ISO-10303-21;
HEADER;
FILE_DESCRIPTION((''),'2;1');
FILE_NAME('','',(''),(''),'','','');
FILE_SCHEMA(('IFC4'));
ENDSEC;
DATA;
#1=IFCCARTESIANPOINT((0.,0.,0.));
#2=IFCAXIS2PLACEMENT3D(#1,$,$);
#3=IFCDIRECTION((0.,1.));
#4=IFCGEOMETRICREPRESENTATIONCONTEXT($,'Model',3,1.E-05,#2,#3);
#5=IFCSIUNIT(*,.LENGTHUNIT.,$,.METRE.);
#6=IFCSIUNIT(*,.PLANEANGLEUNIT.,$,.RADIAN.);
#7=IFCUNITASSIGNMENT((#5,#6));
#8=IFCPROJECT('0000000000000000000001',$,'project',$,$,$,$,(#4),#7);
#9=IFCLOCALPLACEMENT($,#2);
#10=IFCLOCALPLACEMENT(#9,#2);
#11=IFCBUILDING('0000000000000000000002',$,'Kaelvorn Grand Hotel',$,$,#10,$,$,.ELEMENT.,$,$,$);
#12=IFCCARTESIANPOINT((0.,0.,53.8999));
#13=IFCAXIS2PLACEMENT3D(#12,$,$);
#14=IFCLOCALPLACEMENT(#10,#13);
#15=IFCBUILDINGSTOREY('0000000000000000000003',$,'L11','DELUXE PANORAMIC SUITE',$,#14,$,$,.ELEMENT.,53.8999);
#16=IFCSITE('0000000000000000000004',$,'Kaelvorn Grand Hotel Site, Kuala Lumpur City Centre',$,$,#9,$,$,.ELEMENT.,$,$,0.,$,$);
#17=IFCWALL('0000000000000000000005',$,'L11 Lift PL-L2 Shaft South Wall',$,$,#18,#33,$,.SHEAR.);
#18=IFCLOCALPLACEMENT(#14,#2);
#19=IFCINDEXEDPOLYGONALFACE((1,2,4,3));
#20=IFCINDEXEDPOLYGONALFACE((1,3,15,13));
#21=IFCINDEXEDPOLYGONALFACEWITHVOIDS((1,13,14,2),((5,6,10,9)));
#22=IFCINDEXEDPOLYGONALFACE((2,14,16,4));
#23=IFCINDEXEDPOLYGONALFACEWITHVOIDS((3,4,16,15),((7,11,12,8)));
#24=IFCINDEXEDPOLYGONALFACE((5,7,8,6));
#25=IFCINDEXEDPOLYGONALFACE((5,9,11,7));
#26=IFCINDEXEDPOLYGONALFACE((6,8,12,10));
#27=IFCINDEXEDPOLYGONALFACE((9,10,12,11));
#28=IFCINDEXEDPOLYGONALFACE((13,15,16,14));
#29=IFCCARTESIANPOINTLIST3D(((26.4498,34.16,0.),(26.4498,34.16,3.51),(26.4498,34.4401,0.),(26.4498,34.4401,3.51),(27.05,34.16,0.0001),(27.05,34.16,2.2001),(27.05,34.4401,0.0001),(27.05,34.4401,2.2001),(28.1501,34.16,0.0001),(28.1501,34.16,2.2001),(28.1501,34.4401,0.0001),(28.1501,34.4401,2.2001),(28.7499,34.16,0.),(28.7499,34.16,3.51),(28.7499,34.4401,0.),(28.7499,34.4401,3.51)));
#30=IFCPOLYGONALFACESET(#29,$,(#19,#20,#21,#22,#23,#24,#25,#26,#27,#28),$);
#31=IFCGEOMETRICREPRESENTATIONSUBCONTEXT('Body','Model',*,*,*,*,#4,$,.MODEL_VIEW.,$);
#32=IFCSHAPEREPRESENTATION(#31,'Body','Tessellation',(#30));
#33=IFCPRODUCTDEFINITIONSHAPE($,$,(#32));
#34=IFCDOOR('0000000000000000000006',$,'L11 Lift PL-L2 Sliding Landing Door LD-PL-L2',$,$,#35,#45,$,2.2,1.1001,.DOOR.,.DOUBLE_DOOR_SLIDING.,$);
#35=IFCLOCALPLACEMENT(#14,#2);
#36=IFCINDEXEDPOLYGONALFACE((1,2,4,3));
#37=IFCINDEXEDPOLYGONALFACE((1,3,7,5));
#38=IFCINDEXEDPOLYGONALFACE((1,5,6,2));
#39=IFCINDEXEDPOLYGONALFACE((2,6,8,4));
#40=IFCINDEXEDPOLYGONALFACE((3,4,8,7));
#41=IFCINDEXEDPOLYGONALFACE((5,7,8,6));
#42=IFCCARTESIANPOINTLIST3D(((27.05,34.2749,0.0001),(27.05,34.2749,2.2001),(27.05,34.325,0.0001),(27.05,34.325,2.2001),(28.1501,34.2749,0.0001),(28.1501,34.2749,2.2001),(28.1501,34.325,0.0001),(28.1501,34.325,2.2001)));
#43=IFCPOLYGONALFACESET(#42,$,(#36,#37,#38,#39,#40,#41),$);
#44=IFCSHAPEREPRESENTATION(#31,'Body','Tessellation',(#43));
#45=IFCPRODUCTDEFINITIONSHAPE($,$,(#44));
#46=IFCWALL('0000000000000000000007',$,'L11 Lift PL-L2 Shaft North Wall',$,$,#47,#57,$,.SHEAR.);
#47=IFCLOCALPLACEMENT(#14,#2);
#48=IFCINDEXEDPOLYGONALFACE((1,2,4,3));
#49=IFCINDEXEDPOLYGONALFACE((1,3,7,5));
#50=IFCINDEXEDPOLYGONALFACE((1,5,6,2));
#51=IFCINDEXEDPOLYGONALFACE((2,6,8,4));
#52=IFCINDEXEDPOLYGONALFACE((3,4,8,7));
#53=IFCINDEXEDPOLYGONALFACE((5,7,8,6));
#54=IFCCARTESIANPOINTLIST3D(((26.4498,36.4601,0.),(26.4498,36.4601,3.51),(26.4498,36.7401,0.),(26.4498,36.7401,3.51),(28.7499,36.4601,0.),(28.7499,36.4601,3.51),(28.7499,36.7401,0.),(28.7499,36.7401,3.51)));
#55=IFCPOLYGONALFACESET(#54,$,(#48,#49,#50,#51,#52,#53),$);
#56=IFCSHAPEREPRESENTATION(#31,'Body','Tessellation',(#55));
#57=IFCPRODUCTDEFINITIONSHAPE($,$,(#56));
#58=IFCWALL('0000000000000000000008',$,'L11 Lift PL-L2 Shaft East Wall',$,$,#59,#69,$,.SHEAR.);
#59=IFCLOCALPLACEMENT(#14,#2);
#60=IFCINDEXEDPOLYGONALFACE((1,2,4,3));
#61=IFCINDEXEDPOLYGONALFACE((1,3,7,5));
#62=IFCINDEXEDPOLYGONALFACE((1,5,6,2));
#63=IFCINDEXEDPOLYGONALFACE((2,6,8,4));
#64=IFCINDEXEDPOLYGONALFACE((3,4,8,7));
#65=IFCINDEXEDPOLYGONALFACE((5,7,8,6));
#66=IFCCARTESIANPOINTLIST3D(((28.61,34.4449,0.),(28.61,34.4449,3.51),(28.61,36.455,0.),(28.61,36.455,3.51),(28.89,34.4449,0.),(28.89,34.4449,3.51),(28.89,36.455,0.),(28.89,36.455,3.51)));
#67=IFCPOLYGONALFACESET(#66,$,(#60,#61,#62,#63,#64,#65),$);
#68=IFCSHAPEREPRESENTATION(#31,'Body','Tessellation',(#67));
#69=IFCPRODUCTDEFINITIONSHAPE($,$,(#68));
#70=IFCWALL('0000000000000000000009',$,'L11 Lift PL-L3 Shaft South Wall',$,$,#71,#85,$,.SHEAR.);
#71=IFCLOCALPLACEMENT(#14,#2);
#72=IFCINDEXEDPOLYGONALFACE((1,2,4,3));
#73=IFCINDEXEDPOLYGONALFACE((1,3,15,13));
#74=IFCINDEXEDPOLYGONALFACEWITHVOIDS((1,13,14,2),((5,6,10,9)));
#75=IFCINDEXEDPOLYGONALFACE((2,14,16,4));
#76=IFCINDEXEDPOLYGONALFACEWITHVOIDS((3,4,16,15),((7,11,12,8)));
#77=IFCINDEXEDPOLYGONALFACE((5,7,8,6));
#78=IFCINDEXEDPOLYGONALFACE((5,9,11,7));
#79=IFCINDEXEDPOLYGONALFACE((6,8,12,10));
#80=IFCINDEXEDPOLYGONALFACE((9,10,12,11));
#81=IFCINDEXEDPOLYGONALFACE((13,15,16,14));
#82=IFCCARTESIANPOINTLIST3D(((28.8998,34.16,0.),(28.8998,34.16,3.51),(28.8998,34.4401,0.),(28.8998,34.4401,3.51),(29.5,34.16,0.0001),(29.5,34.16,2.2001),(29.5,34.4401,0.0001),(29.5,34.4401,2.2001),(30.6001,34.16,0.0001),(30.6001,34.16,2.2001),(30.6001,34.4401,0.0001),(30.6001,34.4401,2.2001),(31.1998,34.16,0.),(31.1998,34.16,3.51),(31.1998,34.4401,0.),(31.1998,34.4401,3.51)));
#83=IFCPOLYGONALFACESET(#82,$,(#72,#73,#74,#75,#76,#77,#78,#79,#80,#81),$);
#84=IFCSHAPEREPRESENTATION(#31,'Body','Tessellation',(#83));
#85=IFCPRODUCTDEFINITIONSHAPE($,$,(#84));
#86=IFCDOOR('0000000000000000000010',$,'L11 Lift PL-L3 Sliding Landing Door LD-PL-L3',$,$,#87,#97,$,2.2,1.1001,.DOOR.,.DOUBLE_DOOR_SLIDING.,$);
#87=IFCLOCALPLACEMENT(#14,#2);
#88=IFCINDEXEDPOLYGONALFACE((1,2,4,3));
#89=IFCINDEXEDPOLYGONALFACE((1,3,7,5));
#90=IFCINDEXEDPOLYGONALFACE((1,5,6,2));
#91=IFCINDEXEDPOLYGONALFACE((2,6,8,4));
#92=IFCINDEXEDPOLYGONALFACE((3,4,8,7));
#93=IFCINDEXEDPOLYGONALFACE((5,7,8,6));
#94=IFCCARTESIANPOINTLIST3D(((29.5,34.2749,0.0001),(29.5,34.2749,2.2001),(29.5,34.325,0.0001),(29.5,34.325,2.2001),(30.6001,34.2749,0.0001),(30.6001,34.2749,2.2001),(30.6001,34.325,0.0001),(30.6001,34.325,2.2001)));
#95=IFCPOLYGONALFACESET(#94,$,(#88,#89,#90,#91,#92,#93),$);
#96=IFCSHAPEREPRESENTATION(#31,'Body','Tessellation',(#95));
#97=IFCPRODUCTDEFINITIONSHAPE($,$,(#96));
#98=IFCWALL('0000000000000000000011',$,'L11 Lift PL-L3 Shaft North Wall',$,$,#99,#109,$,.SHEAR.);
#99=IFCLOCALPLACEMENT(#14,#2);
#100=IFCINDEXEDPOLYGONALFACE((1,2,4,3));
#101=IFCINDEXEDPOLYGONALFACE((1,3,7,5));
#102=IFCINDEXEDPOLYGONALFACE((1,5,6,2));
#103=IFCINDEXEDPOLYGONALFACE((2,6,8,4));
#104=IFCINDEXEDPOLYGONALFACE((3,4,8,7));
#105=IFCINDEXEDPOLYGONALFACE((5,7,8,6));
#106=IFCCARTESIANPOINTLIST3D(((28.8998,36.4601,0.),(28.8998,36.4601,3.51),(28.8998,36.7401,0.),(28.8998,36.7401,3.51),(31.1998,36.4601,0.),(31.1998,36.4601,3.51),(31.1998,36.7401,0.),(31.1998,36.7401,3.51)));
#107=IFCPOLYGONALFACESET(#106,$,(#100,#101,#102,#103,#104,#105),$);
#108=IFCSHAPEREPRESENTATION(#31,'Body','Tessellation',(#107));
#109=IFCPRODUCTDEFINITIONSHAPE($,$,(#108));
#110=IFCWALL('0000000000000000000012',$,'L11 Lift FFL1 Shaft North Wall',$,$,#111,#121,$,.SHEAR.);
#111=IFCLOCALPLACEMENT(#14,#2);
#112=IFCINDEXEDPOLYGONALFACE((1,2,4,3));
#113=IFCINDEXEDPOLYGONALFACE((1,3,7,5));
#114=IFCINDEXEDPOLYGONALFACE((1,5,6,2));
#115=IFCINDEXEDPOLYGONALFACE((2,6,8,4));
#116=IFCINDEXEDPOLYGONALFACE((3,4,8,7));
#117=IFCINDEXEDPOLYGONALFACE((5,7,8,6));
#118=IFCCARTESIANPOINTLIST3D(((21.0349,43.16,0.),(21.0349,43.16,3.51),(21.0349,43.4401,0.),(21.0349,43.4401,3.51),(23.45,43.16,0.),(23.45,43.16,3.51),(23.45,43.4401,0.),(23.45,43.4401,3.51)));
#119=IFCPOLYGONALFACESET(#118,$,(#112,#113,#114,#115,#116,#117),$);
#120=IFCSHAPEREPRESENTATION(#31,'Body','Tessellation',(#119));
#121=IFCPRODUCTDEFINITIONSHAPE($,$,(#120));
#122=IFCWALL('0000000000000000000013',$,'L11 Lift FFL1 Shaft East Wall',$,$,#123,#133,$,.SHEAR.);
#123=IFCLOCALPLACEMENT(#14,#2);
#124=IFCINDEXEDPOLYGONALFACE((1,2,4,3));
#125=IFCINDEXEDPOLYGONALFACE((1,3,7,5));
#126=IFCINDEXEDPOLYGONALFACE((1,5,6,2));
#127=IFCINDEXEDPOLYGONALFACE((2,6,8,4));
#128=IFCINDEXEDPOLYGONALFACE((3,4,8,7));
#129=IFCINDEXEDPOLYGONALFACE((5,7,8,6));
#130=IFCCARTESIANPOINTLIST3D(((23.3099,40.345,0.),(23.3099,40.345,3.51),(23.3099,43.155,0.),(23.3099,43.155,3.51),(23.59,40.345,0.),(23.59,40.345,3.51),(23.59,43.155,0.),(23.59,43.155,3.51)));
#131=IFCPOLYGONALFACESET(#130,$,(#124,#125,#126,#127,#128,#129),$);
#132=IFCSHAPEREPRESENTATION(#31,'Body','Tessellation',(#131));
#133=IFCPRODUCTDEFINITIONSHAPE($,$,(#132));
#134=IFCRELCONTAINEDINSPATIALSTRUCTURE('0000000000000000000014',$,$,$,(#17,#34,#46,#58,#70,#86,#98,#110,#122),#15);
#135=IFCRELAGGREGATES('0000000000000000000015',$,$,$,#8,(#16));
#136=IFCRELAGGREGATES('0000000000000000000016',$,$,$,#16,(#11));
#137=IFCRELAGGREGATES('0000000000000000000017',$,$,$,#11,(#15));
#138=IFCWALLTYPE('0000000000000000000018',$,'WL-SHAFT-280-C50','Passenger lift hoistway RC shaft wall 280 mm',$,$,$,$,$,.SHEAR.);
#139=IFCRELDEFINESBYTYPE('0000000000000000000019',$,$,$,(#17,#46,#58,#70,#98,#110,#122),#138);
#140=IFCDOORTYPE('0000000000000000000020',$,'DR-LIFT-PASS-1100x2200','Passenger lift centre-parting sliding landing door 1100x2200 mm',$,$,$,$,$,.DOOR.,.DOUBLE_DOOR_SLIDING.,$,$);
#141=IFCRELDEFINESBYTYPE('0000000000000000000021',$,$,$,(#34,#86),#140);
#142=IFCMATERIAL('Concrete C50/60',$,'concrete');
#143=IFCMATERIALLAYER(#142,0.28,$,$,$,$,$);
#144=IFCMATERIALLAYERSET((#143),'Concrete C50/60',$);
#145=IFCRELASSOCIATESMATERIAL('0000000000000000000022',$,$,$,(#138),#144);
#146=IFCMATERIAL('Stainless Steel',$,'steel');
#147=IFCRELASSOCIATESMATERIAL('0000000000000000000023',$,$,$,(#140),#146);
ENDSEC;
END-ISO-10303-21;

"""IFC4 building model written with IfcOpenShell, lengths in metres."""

from ifc_helpers import new_model, si_unit, direction, frame, frame_2d, origin, place, context, subcontext, project, spatial, rectangle, extrude, material, layer, layer_set, type_object, element, fill, save


model = new_model("IFC4")

# Units and contexts
model_context = context("Model", 3, precision=1e-05, world=origin(), true_north=direction((0.0, 1.0)))
body_context = subcontext(model_context, "Body", "Model", "MODEL_VIEW")
ifc_project = project(units=[si_unit("LENGTHUNIT", "METRE"), si_unit("PLANEANGLEUNIT", "RADIAN")], contexts=[model_context])

# Site, building, storey
site_placement = place(None, origin())
site = spatial("IfcSite", under=ifc_project, at=site_placement, Name="Kaelvorn Grand Hotel Site, Kuala Lumpur City Centre", CompositionType="ELEMENT", RefElevation=0.0)
building_placement = place(site_placement, origin())
building = spatial("IfcBuilding", under=site, at=building_placement, Name="Kaelvorn Grand Hotel", CompositionType="ELEMENT")
storey_placement = place(building_placement, frame((0.0, 0.0, 53.8999)))
storey = spatial("IfcBuildingStorey", under=building, at=storey_placement, Name="L11", Description="DELUXE PANORAMIC SUITE", CompositionType="ELEMENT", Elevation=53.8999)

# Shared definitions
ifc_material_1 = material(Name="Concrete C50/60", Category="concrete")
ifc_layer_1 = layer(ifc_material_1, 0.28)
ifc_layer_set_1 = layer_set([ifc_layer_1], Name="Concrete C50/60")
wall_type_1 = type_object("IfcWallType", Name="WL-SHAFT-280-C50", Description="Passenger lift hoistway RC shaft wall 280 mm", PredefinedType="SHEAR", material=ifc_layer_set_1)
ifc_material_2 = material(Name="Stainless Steel", Category="steel")
door_type_1 = type_object("IfcDoorType", Name="DR-LIFT-PASS-1100x2200", Description="Passenger lift centre-parting sliding landing door 1100x2200 mm", OperationType="DOUBLE_DOOR_SLIDING", PredefinedType="DOOR", material=ifc_material_2)

# Wall, opening, door
wall_1_placement = place(storey_placement, frame((26.45, 34.3, 0.0), z_axis=(0.0, 0.0, 1.0), x_axis=(1.0, 0.0, 0.0)))
wall_1 = element("IfcWall", 1, at=wall_1_placement, inside=storey, type_object=wall_type_1, Name="L11 Lift PL-L2 Shaft South Wall", PredefinedType="SHEAR", context=body_context, shape_type="SweptSolid", body=[
    extrude(rectangle(XDim=2.3, YDim=0.28, at=frame_2d((1.1499, 0.0))), origin(), (0.0, 0.0, 1.0), 3.51),
])
opening_1_placement = place(wall_1_placement, frame((0.6001, 0.0, 0.0)))
opening_1 = element("IfcOpeningElement", 2, at=opening_1_placement, cuts=wall_1, PredefinedType="OPENING", context=body_context, shape_type="SweptSolid", body=[
    extrude(rectangle(XDim=1.1001, YDim=2.2, at=frame_2d((0.55, 1.1001))), frame((0.0, 0.1499, 0.0), z_axis=(0.0, -1.0, 0.0), x_axis=(1.0, 0.0, 0.0)), (0.0, 0.0, 1.0), 0.3),
])
door_1_placement = place(opening_1_placement, origin())
door_1 = element("IfcDoor", 3, at=door_1_placement, inside=storey, type_object=door_type_1, Name="L11 Lift PL-L2 Sliding Landing Door LD-PL-L2", OperationType="DOUBLE_DOOR_SLIDING", OverallHeight=2.2, OverallWidth=1.1001, PredefinedType="DOOR", context=body_context, shape_type="SweptSolid", body=[
    extrude(rectangle(XDim=1.1001, YDim=2.2, at=frame_2d((0.55, 1.1001))), frame((0.0, 0.0249, 0.0), z_axis=(0.0, -1.0, 0.0), x_axis=(1.0, 0.0, 0.0)), (0.0, 0.0, 1.0), 0.05),
])
fill(opening_1, door_1)

# Walls
wall_2_placement = place(storey_placement, frame((26.45, 36.6001, 0.0), z_axis=(0.0, 0.0, 1.0), x_axis=(1.0, 0.0, 0.0)))
element("IfcWall", 4, at=wall_2_placement, inside=storey, type_object=wall_type_1, Name="L11 Lift PL-L2 Shaft North Wall", PredefinedType="SHEAR", context=body_context, shape_type="SweptSolid", body=[
    extrude(rectangle(XDim=2.3, YDim=0.28, at=frame_2d((1.1499, 0.0))), origin(), (0.0, 0.0, 1.0), 3.51),
])
wall_3_placement = place(storey_placement, frame((28.75, 34.4451, 0.0), z_axis=(0.0, 0.0, 1.0), x_axis=(0.0, 1.0, 0.0)))
element("IfcWall", 5, at=wall_3_placement, inside=storey, type_object=wall_type_1, Name="L11 Lift PL-L2 Shaft East Wall", PredefinedType="SHEAR", context=body_context, shape_type="SweptSolid", body=[
    extrude(rectangle(XDim=2.01, YDim=0.28, at=frame_2d((1.0049, 0.0))), origin(), (0.0, 0.0, 1.0), 3.51),
])

# Wall, opening, door
wall_4_placement = place(storey_placement, frame((28.8999, 34.3, 0.0), z_axis=(0.0, 0.0, 1.0), x_axis=(1.0, 0.0, 0.0)))
wall_4 = element("IfcWall", 6, at=wall_4_placement, inside=storey, type_object=wall_type_1, Name="L11 Lift PL-L3 Shaft South Wall", PredefinedType="SHEAR", context=body_context, shape_type="SweptSolid", body=[
    extrude(rectangle(XDim=2.3, YDim=0.28, at=frame_2d((1.1499, 0.0))), origin(), (0.0, 0.0, 1.0), 3.51),
])
opening_2_placement = place(wall_4_placement, frame((0.6001, 0.0, 0.0)))
opening_2 = element("IfcOpeningElement", 7, at=opening_2_placement, cuts=wall_4, PredefinedType="OPENING", context=body_context, shape_type="SweptSolid", body=[
    extrude(rectangle(XDim=1.1001, YDim=2.2, at=frame_2d((0.55, 1.1001))), frame((0.0, 0.1499, 0.0), z_axis=(0.0, -1.0, 0.0), x_axis=(1.0, 0.0, 0.0)), (0.0, 0.0, 1.0), 0.3),
])
door_2_placement = place(opening_2_placement, origin())
door_2 = element("IfcDoor", 8, at=door_2_placement, inside=storey, type_object=door_type_1, Name="L11 Lift PL-L3 Sliding Landing Door LD-PL-L3", OperationType="DOUBLE_DOOR_SLIDING", OverallHeight=2.2, OverallWidth=1.1001, PredefinedType="DOOR", context=body_context, shape_type="SweptSolid", body=[
    extrude(rectangle(XDim=1.1001, YDim=2.2, at=frame_2d((0.55, 1.1001))), frame((0.0, 0.0249, 0.0), z_axis=(0.0, -1.0, 0.0), x_axis=(1.0, 0.0, 0.0)), (0.0, 0.0, 1.0), 0.05),
])
fill(opening_2, door_2)

# Walls
wall_5_placement = place(storey_placement, frame((28.8999, 36.6001, 0.0), z_axis=(0.0, 0.0, 1.0), x_axis=(1.0, 0.0, 0.0)))
element("IfcWall", 9, at=wall_5_placement, inside=storey, type_object=wall_type_1, Name="L11 Lift PL-L3 Shaft North Wall", PredefinedType="SHEAR", context=body_context, shape_type="SweptSolid", body=[
    extrude(rectangle(XDim=2.3, YDim=0.28, at=frame_2d((1.1499, 0.0))), origin(), (0.0, 0.0, 1.0), 3.51),
])
wall_6_placement = place(storey_placement, frame((21.0349, 43.3, 0.0), z_axis=(0.0, 0.0, 1.0), x_axis=(1.0, 0.0, 0.0)))
element("IfcWall", 10, at=wall_6_placement, inside=storey, type_object=wall_type_1, Name="L11 Lift FFL1 Shaft North Wall", PredefinedType="SHEAR", context=body_context, shape_type="SweptSolid", body=[
    extrude(rectangle(XDim=2.415, YDim=0.28, at=frame_2d((1.2075, 0.0))), origin(), (0.0, 0.0, 1.0), 3.51),
])
wall_7_placement = place(storey_placement, frame((23.45, 40.345, 0.0), z_axis=(0.0, 0.0, 1.0), x_axis=(0.0, 1.0, 0.0)))
element("IfcWall", 11, at=wall_7_placement, inside=storey, type_object=wall_type_1, Name="L11 Lift FFL1 Shaft East Wall", PredefinedType="SHEAR", context=body_context, shape_type="SweptSolid", body=[
    extrude(rectangle(XDim=2.8101, YDim=0.28, at=frame_2d((1.405, 0.0))), origin(), (0.0, 0.0, 1.0), 3.51),
])

save(model, "model.ifc")
